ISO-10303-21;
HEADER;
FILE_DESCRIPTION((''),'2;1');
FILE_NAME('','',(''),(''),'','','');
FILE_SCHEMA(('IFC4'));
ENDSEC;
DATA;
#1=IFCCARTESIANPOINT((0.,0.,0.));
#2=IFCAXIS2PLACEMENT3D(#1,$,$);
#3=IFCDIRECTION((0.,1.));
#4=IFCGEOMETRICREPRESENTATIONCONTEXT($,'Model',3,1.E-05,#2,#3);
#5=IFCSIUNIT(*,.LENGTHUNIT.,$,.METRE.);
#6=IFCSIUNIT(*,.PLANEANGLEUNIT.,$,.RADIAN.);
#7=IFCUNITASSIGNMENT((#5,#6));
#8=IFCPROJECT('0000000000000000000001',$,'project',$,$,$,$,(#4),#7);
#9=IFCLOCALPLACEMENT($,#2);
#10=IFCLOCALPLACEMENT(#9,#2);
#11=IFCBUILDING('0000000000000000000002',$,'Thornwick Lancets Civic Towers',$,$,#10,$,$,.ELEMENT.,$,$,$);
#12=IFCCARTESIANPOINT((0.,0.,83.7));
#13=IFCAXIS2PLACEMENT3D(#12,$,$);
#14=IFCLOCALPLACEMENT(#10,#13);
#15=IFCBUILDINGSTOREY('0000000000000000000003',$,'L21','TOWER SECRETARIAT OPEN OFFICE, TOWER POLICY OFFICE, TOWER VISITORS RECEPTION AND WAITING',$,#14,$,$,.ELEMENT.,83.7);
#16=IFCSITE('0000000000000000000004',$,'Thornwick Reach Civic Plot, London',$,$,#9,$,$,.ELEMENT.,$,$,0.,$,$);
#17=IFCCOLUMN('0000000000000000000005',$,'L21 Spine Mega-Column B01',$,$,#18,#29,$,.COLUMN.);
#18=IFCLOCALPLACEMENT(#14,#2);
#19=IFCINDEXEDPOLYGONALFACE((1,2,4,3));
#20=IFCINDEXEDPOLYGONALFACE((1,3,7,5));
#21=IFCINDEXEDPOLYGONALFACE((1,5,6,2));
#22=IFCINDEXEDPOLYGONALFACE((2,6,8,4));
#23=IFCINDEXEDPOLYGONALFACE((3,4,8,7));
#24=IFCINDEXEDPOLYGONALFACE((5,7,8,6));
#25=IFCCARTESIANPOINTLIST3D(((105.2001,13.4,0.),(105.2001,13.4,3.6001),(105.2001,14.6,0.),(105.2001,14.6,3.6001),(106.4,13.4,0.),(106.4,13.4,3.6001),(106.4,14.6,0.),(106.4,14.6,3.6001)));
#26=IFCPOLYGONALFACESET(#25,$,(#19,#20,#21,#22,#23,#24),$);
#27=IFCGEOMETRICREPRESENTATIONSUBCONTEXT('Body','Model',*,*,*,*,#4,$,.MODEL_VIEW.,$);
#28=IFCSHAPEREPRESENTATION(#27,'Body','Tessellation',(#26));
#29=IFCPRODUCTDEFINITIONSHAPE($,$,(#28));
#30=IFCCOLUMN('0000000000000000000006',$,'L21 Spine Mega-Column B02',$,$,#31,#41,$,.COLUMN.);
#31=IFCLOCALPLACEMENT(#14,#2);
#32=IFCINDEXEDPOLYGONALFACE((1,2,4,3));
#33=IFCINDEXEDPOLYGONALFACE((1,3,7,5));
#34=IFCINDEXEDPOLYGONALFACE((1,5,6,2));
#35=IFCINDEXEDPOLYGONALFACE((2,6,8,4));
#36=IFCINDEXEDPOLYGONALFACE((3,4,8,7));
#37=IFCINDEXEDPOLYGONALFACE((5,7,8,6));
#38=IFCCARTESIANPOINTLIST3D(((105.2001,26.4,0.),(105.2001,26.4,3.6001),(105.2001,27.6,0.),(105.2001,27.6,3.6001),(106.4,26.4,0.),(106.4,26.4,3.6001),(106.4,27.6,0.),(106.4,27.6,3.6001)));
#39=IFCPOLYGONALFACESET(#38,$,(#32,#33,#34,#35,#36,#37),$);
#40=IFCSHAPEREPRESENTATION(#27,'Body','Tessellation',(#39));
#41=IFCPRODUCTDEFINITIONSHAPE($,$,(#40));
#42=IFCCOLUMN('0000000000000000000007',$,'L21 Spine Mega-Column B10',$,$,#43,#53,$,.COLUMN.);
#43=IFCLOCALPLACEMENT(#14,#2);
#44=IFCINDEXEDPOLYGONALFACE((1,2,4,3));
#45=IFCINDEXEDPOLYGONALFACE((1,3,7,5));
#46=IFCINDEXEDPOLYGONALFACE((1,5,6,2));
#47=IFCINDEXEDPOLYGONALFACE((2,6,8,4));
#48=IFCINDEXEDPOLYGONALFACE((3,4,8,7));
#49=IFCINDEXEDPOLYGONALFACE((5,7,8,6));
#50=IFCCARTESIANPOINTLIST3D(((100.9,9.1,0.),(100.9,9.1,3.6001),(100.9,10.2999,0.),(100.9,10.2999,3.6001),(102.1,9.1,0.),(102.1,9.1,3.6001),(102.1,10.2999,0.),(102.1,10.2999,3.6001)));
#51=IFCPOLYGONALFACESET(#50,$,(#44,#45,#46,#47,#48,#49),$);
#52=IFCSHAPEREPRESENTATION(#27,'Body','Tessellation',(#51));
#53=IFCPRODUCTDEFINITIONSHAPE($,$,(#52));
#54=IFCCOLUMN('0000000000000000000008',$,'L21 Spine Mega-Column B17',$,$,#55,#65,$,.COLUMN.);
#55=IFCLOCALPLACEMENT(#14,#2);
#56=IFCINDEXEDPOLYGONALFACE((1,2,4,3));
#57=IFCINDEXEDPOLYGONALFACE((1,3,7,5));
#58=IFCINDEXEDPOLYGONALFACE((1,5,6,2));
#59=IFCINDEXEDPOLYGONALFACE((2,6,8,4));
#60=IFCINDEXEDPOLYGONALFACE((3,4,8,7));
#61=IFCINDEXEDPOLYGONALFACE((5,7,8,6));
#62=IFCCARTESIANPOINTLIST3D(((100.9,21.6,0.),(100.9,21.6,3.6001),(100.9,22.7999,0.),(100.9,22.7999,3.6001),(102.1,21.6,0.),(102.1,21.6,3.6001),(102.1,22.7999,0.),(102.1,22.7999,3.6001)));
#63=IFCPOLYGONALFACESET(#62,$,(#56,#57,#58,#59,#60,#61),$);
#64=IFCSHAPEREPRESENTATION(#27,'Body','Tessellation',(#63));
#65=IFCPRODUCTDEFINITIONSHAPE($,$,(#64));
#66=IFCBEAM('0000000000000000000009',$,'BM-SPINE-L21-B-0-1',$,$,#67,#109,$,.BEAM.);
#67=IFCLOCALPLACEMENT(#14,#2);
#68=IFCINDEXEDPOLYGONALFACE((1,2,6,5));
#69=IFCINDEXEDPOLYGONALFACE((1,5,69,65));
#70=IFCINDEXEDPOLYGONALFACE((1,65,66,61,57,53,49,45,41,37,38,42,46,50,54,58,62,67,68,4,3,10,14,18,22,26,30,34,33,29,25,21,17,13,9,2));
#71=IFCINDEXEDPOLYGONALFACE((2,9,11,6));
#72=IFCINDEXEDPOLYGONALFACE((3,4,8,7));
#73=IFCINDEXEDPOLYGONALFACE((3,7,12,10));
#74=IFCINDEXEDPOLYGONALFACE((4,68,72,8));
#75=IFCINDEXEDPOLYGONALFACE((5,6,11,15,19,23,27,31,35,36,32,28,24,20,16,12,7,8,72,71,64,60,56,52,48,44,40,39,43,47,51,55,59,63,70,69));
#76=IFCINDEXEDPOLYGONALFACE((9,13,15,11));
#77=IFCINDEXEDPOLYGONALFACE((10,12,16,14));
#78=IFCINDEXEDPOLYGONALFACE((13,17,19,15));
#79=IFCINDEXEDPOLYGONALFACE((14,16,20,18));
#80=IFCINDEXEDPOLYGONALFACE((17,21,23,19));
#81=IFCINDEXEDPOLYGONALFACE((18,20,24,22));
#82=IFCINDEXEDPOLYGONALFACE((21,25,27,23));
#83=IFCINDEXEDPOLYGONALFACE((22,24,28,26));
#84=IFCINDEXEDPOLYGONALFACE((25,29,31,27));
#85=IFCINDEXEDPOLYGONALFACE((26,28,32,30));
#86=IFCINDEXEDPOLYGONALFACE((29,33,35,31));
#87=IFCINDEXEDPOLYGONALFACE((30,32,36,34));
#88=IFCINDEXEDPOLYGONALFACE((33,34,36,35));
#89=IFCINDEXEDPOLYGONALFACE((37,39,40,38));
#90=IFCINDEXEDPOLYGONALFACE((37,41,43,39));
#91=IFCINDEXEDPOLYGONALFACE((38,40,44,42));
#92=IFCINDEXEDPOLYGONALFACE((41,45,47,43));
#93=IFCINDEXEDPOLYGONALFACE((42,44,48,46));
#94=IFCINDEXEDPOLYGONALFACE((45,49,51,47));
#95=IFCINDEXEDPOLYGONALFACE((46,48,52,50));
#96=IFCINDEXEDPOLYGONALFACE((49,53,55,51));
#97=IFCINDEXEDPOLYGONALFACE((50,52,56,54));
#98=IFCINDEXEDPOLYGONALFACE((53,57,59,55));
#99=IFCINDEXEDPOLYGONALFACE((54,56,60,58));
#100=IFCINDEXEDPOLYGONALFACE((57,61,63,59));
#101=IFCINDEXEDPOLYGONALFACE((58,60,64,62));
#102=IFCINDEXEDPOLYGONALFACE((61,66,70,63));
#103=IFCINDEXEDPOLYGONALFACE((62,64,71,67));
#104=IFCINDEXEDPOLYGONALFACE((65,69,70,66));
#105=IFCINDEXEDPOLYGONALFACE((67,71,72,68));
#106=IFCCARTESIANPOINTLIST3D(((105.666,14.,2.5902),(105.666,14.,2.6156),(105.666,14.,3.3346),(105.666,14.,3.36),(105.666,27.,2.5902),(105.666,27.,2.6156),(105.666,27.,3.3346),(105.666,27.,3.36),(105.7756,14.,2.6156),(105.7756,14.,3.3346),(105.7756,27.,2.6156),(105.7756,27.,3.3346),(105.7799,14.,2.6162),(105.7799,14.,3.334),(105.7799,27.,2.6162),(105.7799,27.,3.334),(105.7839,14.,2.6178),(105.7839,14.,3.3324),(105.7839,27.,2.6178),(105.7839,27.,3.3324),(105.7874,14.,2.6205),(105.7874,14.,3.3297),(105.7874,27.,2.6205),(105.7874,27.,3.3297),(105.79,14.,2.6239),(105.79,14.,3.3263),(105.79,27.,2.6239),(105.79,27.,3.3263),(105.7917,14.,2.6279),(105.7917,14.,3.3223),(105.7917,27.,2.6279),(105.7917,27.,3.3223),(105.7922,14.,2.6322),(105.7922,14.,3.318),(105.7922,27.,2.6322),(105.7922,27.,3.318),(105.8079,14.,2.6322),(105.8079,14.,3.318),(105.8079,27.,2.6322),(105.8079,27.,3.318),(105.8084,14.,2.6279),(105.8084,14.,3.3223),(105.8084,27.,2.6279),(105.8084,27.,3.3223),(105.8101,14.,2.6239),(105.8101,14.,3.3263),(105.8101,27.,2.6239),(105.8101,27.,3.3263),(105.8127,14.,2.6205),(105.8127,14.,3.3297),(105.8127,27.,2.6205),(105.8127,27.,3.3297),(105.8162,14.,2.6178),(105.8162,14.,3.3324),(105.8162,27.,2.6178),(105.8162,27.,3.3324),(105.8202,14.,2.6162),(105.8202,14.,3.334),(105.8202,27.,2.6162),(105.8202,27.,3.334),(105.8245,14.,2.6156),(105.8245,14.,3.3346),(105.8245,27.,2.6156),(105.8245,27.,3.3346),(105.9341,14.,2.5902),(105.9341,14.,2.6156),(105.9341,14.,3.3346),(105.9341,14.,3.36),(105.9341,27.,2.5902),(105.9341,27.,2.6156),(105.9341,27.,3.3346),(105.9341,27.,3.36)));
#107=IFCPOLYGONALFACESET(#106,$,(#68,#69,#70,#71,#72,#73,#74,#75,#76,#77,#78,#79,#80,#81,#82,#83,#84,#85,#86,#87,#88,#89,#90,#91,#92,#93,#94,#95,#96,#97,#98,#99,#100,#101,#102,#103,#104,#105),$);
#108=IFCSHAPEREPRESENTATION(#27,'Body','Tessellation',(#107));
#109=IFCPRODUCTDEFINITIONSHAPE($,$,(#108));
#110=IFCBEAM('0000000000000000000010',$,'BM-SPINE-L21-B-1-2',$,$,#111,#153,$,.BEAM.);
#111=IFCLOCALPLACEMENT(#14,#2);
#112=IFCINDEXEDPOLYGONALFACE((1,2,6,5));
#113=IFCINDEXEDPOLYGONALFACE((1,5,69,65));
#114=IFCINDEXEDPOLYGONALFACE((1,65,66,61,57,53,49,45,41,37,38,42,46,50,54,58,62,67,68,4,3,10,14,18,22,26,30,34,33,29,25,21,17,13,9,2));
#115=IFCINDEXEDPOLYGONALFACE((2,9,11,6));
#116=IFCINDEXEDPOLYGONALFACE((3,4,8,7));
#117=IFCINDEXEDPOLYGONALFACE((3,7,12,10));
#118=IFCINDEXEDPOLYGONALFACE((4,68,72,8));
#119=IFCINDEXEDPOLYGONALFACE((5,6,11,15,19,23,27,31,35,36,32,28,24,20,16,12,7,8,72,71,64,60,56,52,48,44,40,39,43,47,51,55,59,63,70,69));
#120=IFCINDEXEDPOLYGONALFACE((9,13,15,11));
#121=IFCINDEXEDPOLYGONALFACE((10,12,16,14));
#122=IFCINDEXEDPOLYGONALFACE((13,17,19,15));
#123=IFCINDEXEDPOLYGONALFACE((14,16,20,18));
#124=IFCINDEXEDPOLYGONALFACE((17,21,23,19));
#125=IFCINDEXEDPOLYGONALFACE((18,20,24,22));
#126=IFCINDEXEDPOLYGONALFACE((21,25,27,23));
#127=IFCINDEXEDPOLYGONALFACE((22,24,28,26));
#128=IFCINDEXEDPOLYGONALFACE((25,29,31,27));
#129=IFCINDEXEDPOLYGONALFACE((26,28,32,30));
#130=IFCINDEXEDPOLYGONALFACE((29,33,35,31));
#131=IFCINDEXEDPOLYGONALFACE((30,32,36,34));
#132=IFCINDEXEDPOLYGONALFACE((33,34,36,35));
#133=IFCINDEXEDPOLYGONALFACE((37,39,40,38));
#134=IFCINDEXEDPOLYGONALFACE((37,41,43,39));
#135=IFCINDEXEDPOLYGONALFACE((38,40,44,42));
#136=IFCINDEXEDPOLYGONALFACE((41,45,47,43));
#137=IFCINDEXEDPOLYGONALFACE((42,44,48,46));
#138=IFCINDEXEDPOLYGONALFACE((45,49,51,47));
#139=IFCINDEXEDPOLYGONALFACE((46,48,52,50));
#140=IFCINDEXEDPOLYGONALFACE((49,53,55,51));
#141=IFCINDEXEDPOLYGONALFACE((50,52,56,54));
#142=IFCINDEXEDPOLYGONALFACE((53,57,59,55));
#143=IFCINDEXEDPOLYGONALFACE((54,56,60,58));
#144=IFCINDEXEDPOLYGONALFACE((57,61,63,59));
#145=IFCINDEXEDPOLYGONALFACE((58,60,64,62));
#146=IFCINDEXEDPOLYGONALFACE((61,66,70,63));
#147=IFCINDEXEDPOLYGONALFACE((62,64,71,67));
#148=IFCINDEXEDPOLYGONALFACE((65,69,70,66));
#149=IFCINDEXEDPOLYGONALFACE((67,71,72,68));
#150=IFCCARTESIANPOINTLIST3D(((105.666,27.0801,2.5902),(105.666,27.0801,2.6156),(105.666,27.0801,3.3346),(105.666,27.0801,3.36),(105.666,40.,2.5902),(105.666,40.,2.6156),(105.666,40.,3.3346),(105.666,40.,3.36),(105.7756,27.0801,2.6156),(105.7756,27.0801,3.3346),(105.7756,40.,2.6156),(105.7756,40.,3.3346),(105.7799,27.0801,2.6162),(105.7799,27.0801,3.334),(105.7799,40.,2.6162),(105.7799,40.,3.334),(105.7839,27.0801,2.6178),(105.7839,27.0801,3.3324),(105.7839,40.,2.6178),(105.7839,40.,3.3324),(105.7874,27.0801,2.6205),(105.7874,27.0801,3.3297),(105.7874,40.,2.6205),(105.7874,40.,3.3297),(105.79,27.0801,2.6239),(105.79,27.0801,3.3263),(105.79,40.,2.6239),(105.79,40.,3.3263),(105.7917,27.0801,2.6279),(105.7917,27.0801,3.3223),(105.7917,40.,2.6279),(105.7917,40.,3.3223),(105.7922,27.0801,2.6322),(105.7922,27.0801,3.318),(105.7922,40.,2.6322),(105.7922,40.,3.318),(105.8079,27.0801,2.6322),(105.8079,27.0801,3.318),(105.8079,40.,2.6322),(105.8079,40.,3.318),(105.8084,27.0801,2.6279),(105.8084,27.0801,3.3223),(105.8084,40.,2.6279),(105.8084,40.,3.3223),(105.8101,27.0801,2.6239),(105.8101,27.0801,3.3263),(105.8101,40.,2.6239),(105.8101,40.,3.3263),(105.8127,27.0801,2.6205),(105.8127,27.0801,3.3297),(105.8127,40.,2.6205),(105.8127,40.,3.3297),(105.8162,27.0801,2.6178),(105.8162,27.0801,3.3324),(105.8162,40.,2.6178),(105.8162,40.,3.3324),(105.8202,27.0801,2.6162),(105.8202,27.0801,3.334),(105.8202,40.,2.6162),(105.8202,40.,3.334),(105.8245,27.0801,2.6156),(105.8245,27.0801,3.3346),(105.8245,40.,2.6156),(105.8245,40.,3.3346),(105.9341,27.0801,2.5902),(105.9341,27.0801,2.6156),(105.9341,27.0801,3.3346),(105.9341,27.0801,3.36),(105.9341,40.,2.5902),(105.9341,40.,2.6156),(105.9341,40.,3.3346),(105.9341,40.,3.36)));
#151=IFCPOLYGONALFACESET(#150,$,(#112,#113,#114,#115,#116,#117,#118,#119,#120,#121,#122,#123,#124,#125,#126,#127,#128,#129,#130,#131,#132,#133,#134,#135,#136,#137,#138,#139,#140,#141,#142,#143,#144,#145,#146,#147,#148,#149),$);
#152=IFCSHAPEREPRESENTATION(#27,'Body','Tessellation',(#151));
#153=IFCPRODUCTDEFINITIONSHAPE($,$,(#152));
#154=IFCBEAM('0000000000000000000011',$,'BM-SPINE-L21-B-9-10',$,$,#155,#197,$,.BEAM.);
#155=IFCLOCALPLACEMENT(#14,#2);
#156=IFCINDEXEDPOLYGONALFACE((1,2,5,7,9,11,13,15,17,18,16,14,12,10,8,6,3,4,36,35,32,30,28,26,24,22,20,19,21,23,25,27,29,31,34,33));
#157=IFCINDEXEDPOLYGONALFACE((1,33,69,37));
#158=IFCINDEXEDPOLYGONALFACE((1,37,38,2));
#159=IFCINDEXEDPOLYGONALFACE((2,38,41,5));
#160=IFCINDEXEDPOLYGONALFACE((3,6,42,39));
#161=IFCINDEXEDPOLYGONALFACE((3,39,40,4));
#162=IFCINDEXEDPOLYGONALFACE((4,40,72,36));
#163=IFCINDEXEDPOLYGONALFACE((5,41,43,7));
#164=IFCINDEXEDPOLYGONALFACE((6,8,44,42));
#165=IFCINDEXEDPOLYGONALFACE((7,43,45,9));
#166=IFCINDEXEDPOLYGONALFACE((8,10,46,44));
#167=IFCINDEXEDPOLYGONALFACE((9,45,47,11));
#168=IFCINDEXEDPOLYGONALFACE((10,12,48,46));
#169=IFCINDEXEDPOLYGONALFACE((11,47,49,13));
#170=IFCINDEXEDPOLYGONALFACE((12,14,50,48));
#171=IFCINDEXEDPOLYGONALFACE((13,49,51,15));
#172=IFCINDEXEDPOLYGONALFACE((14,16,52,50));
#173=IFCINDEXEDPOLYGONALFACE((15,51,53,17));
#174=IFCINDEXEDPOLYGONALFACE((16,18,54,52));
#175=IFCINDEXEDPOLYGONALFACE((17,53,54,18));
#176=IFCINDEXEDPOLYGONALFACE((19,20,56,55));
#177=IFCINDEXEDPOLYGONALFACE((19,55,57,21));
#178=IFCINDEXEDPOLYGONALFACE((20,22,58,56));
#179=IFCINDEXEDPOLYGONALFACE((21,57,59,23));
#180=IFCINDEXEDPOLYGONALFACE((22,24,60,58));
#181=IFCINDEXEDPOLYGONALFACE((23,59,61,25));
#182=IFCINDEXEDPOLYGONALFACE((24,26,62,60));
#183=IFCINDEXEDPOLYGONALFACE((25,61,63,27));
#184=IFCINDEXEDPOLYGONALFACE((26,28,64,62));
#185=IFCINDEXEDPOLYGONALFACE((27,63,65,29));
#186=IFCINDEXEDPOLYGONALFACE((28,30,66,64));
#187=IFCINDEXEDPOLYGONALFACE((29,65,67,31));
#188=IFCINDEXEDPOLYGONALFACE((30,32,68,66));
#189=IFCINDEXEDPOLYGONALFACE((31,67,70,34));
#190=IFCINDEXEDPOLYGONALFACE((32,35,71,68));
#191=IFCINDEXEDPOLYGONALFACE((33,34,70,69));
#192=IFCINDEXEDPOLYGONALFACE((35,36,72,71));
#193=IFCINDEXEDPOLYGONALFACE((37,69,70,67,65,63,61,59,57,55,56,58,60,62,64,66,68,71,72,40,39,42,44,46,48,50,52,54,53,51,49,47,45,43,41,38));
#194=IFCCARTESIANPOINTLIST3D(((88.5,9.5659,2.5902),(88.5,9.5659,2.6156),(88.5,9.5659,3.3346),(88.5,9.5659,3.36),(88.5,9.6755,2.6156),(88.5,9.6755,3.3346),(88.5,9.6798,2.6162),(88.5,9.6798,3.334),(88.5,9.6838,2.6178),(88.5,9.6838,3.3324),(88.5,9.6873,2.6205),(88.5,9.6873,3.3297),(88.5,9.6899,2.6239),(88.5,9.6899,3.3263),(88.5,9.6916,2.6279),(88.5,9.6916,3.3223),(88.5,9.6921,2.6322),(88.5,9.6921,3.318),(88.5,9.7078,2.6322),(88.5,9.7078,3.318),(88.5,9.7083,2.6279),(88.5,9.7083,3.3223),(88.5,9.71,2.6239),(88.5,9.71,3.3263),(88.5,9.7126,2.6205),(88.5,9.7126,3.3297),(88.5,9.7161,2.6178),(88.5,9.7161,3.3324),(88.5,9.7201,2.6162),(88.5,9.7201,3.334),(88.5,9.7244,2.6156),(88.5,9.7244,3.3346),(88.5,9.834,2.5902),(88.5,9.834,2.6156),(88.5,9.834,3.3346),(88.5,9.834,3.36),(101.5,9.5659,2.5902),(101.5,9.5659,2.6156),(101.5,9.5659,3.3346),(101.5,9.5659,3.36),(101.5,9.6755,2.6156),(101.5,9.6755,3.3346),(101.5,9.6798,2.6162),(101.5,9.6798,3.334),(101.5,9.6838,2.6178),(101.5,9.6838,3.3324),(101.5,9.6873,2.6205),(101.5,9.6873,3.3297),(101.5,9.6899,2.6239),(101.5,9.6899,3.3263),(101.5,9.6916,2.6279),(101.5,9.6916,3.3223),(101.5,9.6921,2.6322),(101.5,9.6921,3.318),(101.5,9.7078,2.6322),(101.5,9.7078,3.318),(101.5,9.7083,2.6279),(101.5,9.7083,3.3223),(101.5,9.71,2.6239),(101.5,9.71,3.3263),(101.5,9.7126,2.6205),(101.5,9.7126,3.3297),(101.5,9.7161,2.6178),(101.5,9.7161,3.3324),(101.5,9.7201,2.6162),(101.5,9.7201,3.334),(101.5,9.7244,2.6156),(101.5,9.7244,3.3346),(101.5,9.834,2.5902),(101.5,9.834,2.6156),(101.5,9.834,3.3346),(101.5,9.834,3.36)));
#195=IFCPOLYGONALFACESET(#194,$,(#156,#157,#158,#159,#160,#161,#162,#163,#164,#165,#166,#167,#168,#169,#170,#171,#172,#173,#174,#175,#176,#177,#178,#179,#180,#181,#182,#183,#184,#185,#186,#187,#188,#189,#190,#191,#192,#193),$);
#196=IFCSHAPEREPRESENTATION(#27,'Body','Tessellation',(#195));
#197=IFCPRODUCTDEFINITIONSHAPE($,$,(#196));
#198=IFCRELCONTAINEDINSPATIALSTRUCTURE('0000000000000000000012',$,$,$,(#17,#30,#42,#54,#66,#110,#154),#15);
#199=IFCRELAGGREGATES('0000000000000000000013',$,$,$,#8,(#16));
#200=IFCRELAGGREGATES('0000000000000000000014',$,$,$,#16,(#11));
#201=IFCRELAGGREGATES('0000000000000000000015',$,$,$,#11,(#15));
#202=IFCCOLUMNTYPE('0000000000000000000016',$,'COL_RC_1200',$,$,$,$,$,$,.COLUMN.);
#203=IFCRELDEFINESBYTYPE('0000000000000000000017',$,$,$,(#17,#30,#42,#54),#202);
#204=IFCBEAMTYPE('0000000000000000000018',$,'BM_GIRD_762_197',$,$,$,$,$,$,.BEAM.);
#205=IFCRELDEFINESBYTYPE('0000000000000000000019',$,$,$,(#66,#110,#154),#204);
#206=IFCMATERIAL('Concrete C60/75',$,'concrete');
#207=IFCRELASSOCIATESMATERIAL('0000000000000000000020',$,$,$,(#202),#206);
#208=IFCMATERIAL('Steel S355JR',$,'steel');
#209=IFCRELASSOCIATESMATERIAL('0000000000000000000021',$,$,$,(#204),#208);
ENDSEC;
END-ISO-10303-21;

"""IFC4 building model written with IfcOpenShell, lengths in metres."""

from ifc_helpers import new_model, si_unit, direction, frame, origin, origin_2d, place, context, subcontext, project, spatial, rectangle, i_section, extrude, material, material_profile, profile_set, type_object, element, save


model = new_model("IFC4")

# Units and contexts
model_context = context("Model", 3, precision=1e-05, world=origin(), true_north=direction((0.0, 1.0)))
body_context = subcontext(model_context, "Body", "Model", "MODEL_VIEW")
ifc_project = project(units=[si_unit("LENGTHUNIT", "METRE"), si_unit("PLANEANGLEUNIT", "RADIAN")], contexts=[model_context])

# Site, building, storey
site_placement = place(None, origin())
site = spatial("IfcSite", under=ifc_project, at=site_placement, Name="Thornwick Reach Civic Plot, London", CompositionType="ELEMENT", RefElevation=0.0)
building_placement = place(site_placement, origin())
building = spatial("IfcBuilding", under=site, at=building_placement, Name="Thornwick Lancets Civic Towers", CompositionType="ELEMENT")
storey_placement = place(building_placement, frame((0.0, 0.0, 83.7)))
storey = spatial("IfcBuildingStorey", under=building, at=storey_placement, Name="L21", Description="TOWER SECRETARIAT OPEN OFFICE, TOWER POLICY OFFICE, TOWER VISITORS RECEPTION AND WAITING", CompositionType="ELEMENT", Elevation=83.7)

# Columns
ifc_material_1 = material(Name="Concrete C60/75", Category="concrete")
ifc_material_profile_1 = material_profile(ifc_material_1, rectangle(XDim=1.2, YDim=1.2, at=origin_2d()), Name="RC 1200x1200")
ifc_profile_set_1 = profile_set([ifc_material_profile_1], Name="Concrete C60/75")
column_type = type_object("IfcColumnType", Name="COL_RC_1200", PredefinedType="COLUMN", material=ifc_profile_set_1)
for number, where, z_axis, x_axis, name in (
    (1, (105.8, 14.0, 0.0), (0.0, 0.0, 1.0), (1.0, 0.0, 0.0), "L21 Spine Mega-Column B01"),
    (2, (105.8, 27.0, 0.0), (0.0, 0.0, 1.0), (1.0, 0.0, 0.0), "L21 Spine Mega-Column B02"),
    (3, (101.5, 9.7, 0.0), (0.0, 0.0, 1.0), (1.0, 0.0, 0.0), "L21 Spine Mega-Column B10"),
    (4, (101.5, 22.2, 0.0), (0.0, 0.0, 1.0), (1.0, 0.0, 0.0), "L21 Spine Mega-Column B17"),
):
    element("IfcColumn", number, at=place(storey_placement, frame(where, z_axis=z_axis, x_axis=x_axis)), inside=storey, type_object=column_type, Name=name, PredefinedType="COLUMN", context=body_context, shape_type="SweptSolid", body=[
        extrude(rectangle(XDim=1.2, YDim=1.2, at=origin_2d()), origin(), (0.0, 0.0, 1.0), 3.6001),
    ])

# Beams
ifc_material_2 = material(Name="Steel S355JR", Category="steel")
ifc_material_profile_2 = material_profile(ifc_material_2, i_section(OverallWidth=0.2681, OverallDepth=0.7698, WebThickness=0.0156, FlangeThickness=0.0254, FilletRadius=0.0166, at=origin_2d()), Name="UKB 762x267x197")
ifc_profile_set_2 = profile_set([ifc_material_profile_2], Name="Steel S355JR")
beam_type_1 = type_object("IfcBeamType", Name="BM_GIRD_762_197", PredefinedType="BEAM", material=ifc_profile_set_2)
beam_1_placement = place(storey_placement, frame((105.8, 14.0, 2.9751), z_axis=(0.0, 1.0, 0.0), x_axis=(-1.0, 0.0, 0.0)))
element("IfcBeam", 5, at=beam_1_placement, inside=storey, type_object=beam_type_1, Name="BM-SPINE-L21-B-0-1", PredefinedType="BEAM", context=body_context, shape_type="SweptSolid", body=[
    extrude(i_section(OverallWidth=0.2681, OverallDepth=0.7698, WebThickness=0.0156, FlangeThickness=0.0254, FilletRadius=0.0166, at=origin_2d()), origin(), (0.0, 0.0, 1.0), 13.0),
])
beam_2_placement = place(storey_placement, frame((105.8, 27.0801, 2.9751), z_axis=(0.0, 1.0, 0.0), x_axis=(-1.0, 0.0, 0.0)))
element("IfcBeam", 6, at=beam_2_placement, inside=storey, type_object=beam_type_1, Name="BM-SPINE-L21-B-1-2", PredefinedType="BEAM", context=body_context, shape_type="SweptSolid", body=[
    extrude(i_section(OverallWidth=0.2681, OverallDepth=0.7698, WebThickness=0.0156, FlangeThickness=0.0254, FilletRadius=0.0166, at=origin_2d()), origin(), (0.0, 0.0, 1.0), 12.9199),
])
beam_3_placement = place(storey_placement, frame((101.5, 9.7, 2.9751), z_axis=(-1.0, 0.0, 0.0), x_axis=(0.0, -1.0, 0.0)))
element("IfcBeam", 7, at=beam_3_placement, inside=storey, type_object=beam_type_1, Name="BM-SPINE-L21-B-9-10", PredefinedType="BEAM", context=body_context, shape_type="SweptSolid", body=[
    extrude(i_section(OverallWidth=0.2681, OverallDepth=0.7698, WebThickness=0.0156, FlangeThickness=0.0254, FilletRadius=0.0166, at=origin_2d()), origin(), (0.0, 0.0, 1.0), 13.0),
])

save(model, "model.ifc")
